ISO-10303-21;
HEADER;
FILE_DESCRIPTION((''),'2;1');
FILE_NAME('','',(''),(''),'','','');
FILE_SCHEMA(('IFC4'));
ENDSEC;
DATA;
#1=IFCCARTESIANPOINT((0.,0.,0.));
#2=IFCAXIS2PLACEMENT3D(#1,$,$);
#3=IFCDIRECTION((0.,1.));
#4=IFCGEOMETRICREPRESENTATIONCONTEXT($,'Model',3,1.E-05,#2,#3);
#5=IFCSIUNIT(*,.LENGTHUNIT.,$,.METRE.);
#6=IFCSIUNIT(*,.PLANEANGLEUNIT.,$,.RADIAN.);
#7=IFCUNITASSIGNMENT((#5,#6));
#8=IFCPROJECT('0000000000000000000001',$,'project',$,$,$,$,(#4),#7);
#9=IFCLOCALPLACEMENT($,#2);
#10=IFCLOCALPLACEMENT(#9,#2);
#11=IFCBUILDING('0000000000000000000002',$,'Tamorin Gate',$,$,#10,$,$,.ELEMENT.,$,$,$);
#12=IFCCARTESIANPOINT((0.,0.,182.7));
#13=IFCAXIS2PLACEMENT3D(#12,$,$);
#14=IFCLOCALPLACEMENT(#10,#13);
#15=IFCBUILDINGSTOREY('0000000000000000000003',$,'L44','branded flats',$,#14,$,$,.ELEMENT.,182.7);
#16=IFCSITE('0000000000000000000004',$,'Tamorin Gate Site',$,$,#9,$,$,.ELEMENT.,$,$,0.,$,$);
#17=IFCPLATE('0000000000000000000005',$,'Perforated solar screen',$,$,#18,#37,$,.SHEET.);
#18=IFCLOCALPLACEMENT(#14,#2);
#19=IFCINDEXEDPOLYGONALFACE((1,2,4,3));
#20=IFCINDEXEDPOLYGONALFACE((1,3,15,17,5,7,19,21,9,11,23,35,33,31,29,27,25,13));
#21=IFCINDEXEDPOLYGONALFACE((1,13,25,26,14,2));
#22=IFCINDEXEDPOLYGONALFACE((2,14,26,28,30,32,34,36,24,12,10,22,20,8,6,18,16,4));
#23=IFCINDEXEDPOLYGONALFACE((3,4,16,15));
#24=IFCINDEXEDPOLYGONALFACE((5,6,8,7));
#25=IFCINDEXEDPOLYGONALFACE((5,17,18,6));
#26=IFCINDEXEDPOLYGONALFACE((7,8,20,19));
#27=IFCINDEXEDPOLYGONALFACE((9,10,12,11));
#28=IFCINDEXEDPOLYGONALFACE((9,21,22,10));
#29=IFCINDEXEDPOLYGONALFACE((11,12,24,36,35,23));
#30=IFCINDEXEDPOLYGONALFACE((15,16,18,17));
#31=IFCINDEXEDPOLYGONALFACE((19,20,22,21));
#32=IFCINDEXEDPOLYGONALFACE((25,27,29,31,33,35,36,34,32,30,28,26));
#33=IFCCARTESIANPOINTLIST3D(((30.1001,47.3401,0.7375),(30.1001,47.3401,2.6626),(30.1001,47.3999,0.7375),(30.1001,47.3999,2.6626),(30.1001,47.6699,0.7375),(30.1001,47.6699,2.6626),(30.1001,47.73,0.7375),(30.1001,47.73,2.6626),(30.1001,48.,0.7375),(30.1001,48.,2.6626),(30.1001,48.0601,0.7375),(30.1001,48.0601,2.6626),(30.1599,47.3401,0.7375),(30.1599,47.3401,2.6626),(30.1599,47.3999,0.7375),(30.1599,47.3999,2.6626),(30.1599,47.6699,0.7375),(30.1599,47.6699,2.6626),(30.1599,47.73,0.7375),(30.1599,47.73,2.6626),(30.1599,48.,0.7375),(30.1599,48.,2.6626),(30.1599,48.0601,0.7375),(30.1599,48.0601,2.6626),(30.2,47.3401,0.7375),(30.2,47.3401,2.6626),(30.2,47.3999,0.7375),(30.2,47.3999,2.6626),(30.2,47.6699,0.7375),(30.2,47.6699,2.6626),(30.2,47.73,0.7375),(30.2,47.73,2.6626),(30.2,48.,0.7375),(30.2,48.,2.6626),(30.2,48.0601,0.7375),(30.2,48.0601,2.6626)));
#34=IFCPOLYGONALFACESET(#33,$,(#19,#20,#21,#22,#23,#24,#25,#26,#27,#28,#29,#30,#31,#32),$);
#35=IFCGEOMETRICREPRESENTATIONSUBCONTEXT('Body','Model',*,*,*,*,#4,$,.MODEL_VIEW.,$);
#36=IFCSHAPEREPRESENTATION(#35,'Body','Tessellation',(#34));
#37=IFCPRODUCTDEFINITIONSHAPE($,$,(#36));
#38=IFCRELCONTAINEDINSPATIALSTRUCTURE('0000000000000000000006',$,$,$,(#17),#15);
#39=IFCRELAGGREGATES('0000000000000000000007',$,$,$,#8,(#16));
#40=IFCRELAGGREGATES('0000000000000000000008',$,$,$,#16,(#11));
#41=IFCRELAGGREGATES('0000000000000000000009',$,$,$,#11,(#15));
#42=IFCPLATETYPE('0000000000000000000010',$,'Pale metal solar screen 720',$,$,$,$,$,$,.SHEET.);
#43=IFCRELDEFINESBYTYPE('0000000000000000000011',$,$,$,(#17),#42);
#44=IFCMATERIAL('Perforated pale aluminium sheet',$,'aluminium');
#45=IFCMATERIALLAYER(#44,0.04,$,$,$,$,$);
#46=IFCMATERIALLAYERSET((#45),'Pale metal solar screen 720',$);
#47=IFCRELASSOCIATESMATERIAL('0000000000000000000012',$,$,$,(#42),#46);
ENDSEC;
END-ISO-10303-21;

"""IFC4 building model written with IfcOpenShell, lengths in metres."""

from ifc_helpers import new_model, si_unit, direction, frame, origin, place, context, subcontext, project, spatial, polyline, outline, extrude, material, layer, layer_set, type_object, element, save


model = new_model("IFC4")

# Units and contexts
model_context = context("Model", 3, precision=1e-05, world=origin(), true_north=direction((0.0, 1.0)))
body_context = subcontext(model_context, "Body", "Model", "MODEL_VIEW")
ifc_project = project(units=[si_unit("LENGTHUNIT", "METRE"), si_unit("PLANEANGLEUNIT", "RADIAN")], contexts=[model_context])

# Site, building, storey
site_placement = place(None, origin())
site = spatial("IfcSite", under=ifc_project, at=site_placement, Name="Tamorin Gate Site", CompositionType="ELEMENT", RefElevation=0.0)
building_placement = place(site_placement, origin())
building = spatial("IfcBuilding", under=site, at=building_placement, Name="Tamorin Gate", CompositionType="ELEMENT")
storey_placement = place(building_placement, frame((0.0, 0.0, 182.7)))
storey = spatial("IfcBuildingStorey", under=building, at=storey_placement, Name="L44", Description="branded flats", CompositionType="ELEMENT", Elevation=182.7)

# Plate
ifc_material_1 = material(Name="Perforated pale aluminium sheet", Category="aluminium")
ifc_layer_1 = layer(ifc_material_1, 0.04)
ifc_layer_set_1 = layer_set([ifc_layer_1], Name="Pale metal solar screen 720")
plate_type_1 = type_object("IfcPlateType", Name="Pale metal solar screen 720", PredefinedType="SHEET", material=ifc_layer_set_1)
plate_1_placement = place(storey_placement, frame((0.0, 0.0, 0.7375)))
element("IfcPlate", 1, at=plate_1_placement, inside=storey, type_object=plate_type_1, Name="Perforated solar screen", PredefinedType="SHEET", context=body_context, shape_type="SweptSolid", body=[
    extrude(outline(polyline([(30.1599, 48.0601), (30.2, 48.0601), (30.2, 48.0), (30.2, 47.73), (30.2, 47.6699), (30.2, 47.3999), (30.2, 47.3401), (30.1599, 47.3401), (30.1001, 47.3401), (30.1001, 47.3999), (30.1599, 47.3999), (30.1599, 47.6699), (30.1001, 47.6699), (30.1001, 47.73), (30.1599, 47.73), (30.1599, 48.0), (30.1001, 48.0), (30.1001, 48.0601), (30.1599, 48.0601)])), origin(), (0.0, 0.0, 1.0), 1.925),
])

save(model, "model.ifc")
